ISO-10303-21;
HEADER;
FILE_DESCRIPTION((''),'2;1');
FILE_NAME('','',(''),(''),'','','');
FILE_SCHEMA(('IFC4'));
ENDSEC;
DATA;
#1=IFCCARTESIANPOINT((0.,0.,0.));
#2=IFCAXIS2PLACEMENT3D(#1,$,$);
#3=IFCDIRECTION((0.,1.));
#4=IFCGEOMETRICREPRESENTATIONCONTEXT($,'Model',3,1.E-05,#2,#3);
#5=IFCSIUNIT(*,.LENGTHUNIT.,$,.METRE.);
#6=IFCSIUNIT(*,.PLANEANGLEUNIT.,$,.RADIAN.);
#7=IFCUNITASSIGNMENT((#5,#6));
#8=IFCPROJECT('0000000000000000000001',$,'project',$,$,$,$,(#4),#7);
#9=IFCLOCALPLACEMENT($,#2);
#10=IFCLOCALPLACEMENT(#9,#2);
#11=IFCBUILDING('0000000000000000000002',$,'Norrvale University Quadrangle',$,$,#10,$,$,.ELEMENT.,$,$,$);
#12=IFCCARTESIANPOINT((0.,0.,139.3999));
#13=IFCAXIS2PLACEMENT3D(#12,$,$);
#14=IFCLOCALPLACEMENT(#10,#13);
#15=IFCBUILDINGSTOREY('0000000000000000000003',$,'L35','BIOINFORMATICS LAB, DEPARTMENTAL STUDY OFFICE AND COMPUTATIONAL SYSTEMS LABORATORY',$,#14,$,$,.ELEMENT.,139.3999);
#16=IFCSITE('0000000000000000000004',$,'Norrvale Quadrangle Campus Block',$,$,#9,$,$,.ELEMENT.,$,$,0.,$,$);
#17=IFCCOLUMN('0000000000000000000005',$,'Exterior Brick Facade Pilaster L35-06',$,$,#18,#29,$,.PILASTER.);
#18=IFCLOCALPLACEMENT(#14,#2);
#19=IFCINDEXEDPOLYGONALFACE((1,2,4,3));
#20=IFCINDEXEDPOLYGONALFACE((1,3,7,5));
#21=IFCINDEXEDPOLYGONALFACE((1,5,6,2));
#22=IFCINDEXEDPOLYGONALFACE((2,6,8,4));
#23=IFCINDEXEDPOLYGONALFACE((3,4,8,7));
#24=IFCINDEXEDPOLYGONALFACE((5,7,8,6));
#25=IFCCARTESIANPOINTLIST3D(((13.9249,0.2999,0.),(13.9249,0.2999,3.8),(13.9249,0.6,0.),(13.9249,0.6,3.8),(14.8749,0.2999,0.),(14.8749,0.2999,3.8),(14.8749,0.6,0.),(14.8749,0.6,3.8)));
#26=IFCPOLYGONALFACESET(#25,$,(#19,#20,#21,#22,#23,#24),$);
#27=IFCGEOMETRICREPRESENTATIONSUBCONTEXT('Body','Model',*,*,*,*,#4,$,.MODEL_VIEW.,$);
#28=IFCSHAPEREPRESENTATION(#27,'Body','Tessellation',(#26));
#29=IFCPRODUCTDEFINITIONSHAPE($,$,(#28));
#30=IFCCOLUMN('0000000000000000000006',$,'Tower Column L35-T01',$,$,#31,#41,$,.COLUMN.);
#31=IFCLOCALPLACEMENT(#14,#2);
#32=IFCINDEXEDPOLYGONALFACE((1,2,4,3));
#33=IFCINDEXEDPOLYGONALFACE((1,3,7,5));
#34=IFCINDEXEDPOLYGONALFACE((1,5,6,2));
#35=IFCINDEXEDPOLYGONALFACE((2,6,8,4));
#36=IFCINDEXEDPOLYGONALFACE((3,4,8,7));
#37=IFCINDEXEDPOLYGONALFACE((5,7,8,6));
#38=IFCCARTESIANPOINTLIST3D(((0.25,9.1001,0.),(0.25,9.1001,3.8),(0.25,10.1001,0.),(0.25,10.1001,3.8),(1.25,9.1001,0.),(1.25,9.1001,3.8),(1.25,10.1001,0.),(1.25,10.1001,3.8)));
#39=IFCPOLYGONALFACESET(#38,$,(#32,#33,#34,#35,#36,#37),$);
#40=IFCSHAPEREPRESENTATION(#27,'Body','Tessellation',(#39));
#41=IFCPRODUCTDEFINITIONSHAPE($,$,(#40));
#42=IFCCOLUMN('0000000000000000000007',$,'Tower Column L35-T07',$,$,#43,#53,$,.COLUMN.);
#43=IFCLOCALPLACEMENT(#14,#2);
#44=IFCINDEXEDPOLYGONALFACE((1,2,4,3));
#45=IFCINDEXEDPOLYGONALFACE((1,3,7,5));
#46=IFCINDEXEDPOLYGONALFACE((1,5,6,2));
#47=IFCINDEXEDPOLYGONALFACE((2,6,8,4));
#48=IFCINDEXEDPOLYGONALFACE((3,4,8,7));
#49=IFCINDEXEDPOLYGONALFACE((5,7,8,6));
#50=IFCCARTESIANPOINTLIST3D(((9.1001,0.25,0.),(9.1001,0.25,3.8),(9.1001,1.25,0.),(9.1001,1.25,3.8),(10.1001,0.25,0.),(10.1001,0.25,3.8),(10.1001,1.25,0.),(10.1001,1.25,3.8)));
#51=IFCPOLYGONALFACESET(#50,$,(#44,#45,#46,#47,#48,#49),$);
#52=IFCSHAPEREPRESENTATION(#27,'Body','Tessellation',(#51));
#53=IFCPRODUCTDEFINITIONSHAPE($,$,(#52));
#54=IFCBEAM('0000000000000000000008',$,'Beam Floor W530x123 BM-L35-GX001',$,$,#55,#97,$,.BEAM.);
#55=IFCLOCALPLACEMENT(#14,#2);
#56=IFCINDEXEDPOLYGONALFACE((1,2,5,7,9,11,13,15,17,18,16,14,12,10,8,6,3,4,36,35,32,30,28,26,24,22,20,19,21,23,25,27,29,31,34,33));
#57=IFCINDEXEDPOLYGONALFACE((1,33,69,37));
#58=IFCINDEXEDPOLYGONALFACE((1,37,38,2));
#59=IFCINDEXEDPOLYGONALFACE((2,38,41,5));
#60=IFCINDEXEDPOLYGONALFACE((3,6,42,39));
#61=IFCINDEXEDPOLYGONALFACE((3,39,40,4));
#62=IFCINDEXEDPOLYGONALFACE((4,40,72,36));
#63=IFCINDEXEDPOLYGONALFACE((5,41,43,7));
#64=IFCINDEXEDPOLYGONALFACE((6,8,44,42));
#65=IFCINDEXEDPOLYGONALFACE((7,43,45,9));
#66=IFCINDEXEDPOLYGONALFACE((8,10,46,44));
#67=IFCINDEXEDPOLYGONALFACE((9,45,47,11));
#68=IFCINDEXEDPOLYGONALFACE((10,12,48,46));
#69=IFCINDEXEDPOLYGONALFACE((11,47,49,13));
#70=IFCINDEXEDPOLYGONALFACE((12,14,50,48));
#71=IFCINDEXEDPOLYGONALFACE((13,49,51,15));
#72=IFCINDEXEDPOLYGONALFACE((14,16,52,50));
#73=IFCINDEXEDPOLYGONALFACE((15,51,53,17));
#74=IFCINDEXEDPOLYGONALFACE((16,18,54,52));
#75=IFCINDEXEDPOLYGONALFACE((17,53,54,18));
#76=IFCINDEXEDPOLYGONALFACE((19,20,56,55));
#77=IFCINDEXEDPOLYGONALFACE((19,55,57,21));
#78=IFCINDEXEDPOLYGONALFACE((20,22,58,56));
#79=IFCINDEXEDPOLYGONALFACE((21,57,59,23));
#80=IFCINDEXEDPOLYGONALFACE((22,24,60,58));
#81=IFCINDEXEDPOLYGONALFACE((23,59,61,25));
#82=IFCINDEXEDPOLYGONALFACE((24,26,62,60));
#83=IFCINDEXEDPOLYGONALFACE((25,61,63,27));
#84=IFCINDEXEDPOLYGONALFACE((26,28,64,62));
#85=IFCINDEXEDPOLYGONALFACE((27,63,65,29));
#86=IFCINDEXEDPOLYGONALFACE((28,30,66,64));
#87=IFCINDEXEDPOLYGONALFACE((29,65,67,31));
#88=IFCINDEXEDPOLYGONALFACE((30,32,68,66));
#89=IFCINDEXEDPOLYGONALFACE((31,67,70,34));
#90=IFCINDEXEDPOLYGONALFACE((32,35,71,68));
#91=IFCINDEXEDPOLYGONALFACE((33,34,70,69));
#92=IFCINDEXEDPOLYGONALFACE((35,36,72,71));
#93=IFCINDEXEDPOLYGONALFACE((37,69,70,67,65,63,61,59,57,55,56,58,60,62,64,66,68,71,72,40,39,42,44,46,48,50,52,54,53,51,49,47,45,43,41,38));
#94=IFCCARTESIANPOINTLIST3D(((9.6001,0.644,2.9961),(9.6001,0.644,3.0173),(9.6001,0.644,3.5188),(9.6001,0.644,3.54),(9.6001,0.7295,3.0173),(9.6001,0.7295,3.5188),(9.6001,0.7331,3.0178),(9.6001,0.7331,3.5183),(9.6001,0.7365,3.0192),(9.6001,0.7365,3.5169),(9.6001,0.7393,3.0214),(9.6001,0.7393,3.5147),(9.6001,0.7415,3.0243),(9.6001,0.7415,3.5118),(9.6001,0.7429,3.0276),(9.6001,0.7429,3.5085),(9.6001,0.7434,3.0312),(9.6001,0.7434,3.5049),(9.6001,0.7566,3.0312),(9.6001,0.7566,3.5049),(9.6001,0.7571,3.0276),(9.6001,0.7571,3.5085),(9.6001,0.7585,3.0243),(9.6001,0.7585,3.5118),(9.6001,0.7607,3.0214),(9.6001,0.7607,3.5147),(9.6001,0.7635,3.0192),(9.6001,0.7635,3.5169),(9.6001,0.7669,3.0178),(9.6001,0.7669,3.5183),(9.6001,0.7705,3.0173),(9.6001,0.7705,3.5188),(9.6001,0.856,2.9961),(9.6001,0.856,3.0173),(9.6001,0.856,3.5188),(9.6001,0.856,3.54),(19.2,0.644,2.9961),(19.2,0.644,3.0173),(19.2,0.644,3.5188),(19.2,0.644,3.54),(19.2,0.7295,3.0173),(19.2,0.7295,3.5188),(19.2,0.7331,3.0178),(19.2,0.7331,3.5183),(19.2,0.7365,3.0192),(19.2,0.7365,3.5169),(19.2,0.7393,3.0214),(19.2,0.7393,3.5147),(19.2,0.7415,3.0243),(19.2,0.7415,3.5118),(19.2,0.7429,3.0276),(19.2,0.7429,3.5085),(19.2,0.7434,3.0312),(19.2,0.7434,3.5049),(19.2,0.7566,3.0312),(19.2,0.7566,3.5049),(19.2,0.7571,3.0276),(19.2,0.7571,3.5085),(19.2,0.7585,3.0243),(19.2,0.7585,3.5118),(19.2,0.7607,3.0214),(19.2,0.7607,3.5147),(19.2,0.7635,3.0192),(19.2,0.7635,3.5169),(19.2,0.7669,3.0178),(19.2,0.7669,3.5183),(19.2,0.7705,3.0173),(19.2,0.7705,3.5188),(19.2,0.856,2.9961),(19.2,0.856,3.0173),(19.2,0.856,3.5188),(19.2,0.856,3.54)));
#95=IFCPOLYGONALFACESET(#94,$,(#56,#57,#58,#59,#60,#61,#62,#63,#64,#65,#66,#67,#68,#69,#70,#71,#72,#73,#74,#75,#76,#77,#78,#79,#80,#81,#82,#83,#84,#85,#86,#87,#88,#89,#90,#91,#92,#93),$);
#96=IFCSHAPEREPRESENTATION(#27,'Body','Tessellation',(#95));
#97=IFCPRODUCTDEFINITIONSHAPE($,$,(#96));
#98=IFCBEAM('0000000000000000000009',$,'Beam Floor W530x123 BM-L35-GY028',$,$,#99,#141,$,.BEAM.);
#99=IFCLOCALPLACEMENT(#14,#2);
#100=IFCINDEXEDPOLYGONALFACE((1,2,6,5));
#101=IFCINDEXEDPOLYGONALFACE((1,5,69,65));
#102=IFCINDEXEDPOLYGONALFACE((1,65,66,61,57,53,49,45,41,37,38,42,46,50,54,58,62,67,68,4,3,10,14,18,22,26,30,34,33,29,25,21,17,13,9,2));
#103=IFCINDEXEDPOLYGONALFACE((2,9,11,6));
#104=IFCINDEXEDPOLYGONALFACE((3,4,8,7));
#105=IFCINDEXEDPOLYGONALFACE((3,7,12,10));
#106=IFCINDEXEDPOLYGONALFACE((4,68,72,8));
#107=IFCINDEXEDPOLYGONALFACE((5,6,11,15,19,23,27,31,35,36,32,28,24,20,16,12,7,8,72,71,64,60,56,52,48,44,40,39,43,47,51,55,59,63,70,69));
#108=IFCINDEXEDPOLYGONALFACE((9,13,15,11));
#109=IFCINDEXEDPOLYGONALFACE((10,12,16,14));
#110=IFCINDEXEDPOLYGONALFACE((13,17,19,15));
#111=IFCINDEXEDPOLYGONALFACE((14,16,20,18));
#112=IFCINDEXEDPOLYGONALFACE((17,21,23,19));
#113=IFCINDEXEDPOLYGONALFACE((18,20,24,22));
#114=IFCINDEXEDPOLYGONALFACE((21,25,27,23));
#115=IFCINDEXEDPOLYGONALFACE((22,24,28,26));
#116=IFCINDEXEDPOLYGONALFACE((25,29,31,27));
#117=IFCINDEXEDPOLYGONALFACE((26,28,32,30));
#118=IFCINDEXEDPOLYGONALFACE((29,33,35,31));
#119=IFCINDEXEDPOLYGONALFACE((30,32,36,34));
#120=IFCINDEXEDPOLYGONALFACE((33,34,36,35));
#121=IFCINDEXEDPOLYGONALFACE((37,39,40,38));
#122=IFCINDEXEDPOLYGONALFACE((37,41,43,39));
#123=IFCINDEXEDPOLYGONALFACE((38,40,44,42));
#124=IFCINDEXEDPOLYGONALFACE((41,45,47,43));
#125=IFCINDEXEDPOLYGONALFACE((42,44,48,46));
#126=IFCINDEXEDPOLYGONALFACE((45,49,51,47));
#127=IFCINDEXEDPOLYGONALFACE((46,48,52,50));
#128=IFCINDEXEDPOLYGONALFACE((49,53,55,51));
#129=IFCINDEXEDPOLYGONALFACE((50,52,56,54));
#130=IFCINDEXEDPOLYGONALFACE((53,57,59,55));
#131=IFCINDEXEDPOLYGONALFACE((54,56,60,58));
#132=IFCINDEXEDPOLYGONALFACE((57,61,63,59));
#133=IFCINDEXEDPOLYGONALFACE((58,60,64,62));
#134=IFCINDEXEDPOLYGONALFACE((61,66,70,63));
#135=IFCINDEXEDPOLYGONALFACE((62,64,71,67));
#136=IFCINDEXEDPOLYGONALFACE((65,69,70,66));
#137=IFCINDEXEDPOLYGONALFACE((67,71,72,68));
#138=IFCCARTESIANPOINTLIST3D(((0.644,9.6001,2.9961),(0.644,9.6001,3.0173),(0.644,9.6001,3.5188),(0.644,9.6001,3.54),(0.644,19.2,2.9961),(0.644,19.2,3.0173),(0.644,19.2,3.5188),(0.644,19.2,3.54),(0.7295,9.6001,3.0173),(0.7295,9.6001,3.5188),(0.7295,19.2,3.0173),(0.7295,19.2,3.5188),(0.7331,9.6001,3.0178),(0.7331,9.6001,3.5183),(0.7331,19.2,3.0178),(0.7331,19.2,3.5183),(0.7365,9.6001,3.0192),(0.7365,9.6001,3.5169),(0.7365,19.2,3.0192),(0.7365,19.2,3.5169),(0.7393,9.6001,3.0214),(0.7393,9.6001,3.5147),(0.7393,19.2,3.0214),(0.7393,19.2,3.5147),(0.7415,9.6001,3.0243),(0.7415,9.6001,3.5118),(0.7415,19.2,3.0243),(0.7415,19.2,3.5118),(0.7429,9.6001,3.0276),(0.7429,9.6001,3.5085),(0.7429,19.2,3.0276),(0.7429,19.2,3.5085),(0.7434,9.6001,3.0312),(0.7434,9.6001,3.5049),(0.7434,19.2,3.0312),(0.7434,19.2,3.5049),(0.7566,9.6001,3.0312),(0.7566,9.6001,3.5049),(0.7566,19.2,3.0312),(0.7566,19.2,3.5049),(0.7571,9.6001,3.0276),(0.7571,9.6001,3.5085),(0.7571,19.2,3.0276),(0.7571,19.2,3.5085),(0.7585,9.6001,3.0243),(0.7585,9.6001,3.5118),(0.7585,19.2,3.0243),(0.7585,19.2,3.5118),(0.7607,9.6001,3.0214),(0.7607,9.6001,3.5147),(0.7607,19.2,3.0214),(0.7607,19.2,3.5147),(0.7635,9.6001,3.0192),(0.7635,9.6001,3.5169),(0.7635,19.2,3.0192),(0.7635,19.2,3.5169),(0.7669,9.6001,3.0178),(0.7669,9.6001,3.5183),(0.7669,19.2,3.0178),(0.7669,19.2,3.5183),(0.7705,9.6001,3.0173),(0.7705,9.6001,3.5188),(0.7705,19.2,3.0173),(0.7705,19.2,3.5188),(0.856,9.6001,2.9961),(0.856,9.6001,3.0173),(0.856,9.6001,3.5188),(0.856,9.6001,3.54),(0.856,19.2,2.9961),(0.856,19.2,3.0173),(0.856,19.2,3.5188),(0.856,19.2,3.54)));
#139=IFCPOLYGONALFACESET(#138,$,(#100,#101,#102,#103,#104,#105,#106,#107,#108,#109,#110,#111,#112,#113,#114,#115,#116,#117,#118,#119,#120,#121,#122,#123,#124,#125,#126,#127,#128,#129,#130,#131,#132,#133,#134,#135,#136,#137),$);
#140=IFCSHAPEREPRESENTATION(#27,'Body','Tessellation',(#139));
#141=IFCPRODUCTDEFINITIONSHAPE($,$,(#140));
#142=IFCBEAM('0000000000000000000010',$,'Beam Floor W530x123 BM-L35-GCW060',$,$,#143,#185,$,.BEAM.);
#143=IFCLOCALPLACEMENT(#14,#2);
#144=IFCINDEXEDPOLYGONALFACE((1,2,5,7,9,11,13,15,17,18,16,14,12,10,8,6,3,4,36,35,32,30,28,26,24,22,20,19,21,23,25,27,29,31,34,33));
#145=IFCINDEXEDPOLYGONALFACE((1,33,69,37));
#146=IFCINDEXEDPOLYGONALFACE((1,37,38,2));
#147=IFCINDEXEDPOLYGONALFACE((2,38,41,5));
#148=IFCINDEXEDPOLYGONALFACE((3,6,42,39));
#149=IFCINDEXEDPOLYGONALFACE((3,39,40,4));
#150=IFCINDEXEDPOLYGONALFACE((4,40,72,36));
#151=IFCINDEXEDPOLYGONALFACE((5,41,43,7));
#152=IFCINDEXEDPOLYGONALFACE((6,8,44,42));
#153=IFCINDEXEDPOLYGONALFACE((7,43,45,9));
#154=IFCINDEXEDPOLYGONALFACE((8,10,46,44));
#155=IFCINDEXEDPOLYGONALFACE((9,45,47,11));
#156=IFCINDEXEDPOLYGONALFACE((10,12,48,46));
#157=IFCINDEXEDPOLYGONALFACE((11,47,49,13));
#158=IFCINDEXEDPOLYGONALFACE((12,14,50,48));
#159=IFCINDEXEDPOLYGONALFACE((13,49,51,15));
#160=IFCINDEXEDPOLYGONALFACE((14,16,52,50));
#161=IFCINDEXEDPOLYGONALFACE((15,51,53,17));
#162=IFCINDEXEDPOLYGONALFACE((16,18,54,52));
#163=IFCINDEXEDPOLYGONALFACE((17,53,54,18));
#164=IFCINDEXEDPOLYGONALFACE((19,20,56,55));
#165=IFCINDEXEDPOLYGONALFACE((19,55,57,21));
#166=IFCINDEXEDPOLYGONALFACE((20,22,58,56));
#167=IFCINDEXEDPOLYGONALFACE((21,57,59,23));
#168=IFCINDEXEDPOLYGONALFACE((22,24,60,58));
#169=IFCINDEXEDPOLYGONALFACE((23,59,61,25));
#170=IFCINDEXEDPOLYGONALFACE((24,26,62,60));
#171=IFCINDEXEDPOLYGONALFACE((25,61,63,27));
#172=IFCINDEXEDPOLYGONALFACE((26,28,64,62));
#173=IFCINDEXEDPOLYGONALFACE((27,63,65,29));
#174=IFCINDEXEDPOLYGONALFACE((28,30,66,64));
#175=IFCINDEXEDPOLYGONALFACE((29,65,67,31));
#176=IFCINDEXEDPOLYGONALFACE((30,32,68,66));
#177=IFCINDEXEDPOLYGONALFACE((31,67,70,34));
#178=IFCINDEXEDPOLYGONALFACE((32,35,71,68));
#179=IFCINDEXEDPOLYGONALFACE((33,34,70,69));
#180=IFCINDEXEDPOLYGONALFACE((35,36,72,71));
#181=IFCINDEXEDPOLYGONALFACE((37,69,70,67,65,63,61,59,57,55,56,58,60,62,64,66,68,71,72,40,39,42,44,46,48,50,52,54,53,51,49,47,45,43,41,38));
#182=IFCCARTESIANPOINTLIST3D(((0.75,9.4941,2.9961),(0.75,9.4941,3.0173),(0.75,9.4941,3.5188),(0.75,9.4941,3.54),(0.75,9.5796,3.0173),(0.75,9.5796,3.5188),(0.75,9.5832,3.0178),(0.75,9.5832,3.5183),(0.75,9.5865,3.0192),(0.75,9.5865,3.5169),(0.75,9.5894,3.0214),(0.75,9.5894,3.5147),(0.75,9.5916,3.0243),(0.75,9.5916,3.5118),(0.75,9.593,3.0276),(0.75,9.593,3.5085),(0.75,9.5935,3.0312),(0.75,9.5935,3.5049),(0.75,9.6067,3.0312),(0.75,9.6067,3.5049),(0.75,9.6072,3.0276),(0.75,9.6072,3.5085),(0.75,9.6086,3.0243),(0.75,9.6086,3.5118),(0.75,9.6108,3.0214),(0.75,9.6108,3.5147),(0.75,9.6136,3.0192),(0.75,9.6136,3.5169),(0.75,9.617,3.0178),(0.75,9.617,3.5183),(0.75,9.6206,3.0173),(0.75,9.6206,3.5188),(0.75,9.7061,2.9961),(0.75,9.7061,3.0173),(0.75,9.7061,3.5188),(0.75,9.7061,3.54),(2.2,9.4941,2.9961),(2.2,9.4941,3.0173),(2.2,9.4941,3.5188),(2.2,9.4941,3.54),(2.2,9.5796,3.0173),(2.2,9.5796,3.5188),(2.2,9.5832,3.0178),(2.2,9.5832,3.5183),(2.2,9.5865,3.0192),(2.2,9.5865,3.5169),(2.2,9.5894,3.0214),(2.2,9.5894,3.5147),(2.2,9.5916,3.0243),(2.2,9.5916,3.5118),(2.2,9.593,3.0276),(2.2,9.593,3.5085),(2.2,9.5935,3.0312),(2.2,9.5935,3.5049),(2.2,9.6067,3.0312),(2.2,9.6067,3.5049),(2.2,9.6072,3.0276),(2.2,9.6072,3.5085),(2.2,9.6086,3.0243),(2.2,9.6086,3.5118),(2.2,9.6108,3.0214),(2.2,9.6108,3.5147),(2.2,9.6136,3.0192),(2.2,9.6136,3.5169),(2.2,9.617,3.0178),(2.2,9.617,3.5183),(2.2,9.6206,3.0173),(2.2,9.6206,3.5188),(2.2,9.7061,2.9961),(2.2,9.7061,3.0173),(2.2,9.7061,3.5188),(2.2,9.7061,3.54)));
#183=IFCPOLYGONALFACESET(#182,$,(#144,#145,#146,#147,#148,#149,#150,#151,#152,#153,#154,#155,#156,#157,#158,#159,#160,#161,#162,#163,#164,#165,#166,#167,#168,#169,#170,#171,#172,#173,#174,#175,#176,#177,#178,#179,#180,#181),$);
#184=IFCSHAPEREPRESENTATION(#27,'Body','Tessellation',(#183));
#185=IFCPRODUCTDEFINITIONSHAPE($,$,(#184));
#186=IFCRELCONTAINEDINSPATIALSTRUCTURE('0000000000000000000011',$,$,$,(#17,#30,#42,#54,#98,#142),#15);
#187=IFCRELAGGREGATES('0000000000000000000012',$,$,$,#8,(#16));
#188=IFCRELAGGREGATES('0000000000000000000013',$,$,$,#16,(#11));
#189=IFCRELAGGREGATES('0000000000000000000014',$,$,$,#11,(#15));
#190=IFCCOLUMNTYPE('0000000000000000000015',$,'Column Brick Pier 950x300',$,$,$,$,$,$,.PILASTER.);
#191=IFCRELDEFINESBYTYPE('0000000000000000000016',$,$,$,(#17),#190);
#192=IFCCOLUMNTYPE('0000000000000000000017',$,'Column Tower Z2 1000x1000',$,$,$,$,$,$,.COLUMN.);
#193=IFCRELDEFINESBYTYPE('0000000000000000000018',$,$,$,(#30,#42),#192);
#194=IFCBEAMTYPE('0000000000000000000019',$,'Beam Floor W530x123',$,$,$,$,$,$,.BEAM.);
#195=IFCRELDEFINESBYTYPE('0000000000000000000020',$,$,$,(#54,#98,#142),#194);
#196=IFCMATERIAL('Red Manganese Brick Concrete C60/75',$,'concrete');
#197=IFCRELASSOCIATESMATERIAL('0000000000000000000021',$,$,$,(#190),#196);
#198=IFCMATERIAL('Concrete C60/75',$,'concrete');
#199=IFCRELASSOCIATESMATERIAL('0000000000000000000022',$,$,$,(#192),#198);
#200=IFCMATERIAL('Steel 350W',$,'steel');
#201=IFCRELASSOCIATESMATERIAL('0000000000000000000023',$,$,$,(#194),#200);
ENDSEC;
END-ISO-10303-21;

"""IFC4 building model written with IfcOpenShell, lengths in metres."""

from ifc_helpers import new_model, si_unit, direction, frame, origin, origin_2d, place, context, subcontext, project, spatial, rectangle, i_section, extrude, material, material_profile, profile_set, type_object, element, save


model = new_model("IFC4")

# Units and contexts
model_context = context("Model", 3, precision=1e-05, world=origin(), true_north=direction((0.0, 1.0)))
body_context = subcontext(model_context, "Body", "Model", "MODEL_VIEW")
ifc_project = project(units=[si_unit("LENGTHUNIT", "METRE"), si_unit("PLANEANGLEUNIT", "RADIAN")], contexts=[model_context])

# Site, building, storey
site_placement = place(None, origin())
site = spatial("IfcSite", under=ifc_project, at=site_placement, Name="Norrvale Quadrangle Campus Block", CompositionType="ELEMENT", RefElevation=0.0)
building_placement = place(site_placement, origin())
building = spatial("IfcBuilding", under=site, at=building_placement, Name="Norrvale University Quadrangle", CompositionType="ELEMENT")
storey_placement = place(building_placement, frame((0.0, 0.0, 139.3999)))
storey = spatial("IfcBuildingStorey", under=building, at=storey_placement, Name="L35", Description="BIOINFORMATICS LAB, DEPARTMENTAL STUDY OFFICE AND COMPUTATIONAL SYSTEMS LABORATORY", CompositionType="ELEMENT", Elevation=139.3999)

# Columns
ifc_material_1 = material(Name="Red Manganese Brick Concrete C60/75", Category="concrete")
ifc_material_profile_1 = material_profile(ifc_material_1, rectangle(XDim=0.95, YDim=0.3, at=origin_2d()), Name="Red Manganese Brick Concrete C60/75")
ifc_profile_set_1 = profile_set([ifc_material_profile_1], Name="Red Manganese Brick Concrete C60/75")
column_type_1 = type_object("IfcColumnType", Name="Column Brick Pier 950x300", PredefinedType="PILASTER", material=ifc_profile_set_1)
column_placement = place(storey_placement, frame((14.3999, 0.45, 0.0), z_axis=(0.0, 0.0, 1.0), x_axis=(1.0, 0.0, 0.0)))
element("IfcColumn", 1, at=column_placement, inside=storey, type_object=column_type_1, Name="Exterior Brick Facade Pilaster L35-06", PredefinedType="PILASTER", context=body_context, shape_type="SweptSolid", body=[
    extrude(rectangle(XDim=0.95, YDim=0.3, at=origin_2d()), origin(), (0.0, 0.0, 1.0), 3.8),
])
ifc_material_2 = material(Name="Concrete C60/75", Category="concrete")
ifc_material_profile_2 = material_profile(ifc_material_2, rectangle(XDim=1.0, YDim=1.0, at=origin_2d()), Name="Concrete C60/75")
ifc_profile_set_2 = profile_set([ifc_material_profile_2], Name="Concrete C60/75")
column_type_2 = type_object("IfcColumnType", Name="Column Tower Z2 1000x1000", PredefinedType="COLUMN", material=ifc_profile_set_2)
for number, where, z_axis, x_axis, name in (
    (2, (0.75, 9.6001, 0.0), (0.0, 0.0, 1.0), (1.0, 0.0, 0.0), "Tower Column L35-T01"),
    (3, (9.6001, 0.75, 0.0), (0.0, 0.0, 1.0), (1.0, 0.0, 0.0), "Tower Column L35-T07"),
):
    element("IfcColumn", number, at=place(storey_placement, frame(where, z_axis=z_axis, x_axis=x_axis)), inside=storey, type_object=column_type_2, Name=name, PredefinedType="COLUMN", context=body_context, shape_type="SweptSolid", body=[
        extrude(rectangle(XDim=1.0, YDim=1.0, at=origin_2d()), origin(), (0.0, 0.0, 1.0), 3.8),
    ])

# Beams
ifc_material_3 = material(Name="Steel 350W", Category="steel")
ifc_material_profile_3 = material_profile(ifc_material_3, i_section(OverallWidth=0.2119, OverallDepth=0.5439, WebThickness=0.0132, FlangeThickness=0.0212, FilletRadius=0.0139, at=origin_2d()), Name="Steel 350W")
ifc_profile_set_3 = profile_set([ifc_material_profile_3], Name="Steel 350W")
beam_type_1 = type_object("IfcBeamType", Name="Beam Floor W530x123", PredefinedType="BEAM", material=ifc_profile_set_3)
for number, where, z_axis, x_axis, name in (
    (4, (9.6001, 0.75, 3.2681), (1.0, 0.0, 0.0), (0.0, 1.0, 0.0), "Beam Floor W530x123 BM-L35-GX001"),
    (5, (0.75, 9.6001, 3.2681), (0.0, 1.0, 0.0), (-1.0, 0.0, 0.0), "Beam Floor W530x123 BM-L35-GY028"),
):
    element("IfcBeam", number, at=place(storey_placement, frame(where, z_axis=z_axis, x_axis=x_axis)), inside=storey, type_object=beam_type_1, Name=name, PredefinedType="BEAM", context=body_context, shape_type="SweptSolid", body=[
        extrude(i_section(OverallWidth=0.2119, OverallDepth=0.5439, WebThickness=0.0132, FlangeThickness=0.0212, FilletRadius=0.0139, at=origin_2d()), origin(), (0.0, 0.0, 1.0), 9.5999),
    ])
beam_1_placement = place(storey_placement, frame((0.75, 9.6001, 3.2681), z_axis=(1.0, 0.0, 0.0), x_axis=(0.0, 1.0, 0.0)))
element("IfcBeam", 6, at=beam_1_placement, inside=storey, type_object=beam_type_1, Name="Beam Floor W530x123 BM-L35-GCW060", PredefinedType="BEAM", context=body_context, shape_type="SweptSolid", body=[
    extrude(i_section(OverallWidth=0.2119, OverallDepth=0.5439, WebThickness=0.0132, FlangeThickness=0.0212, FilletRadius=0.0139, at=origin_2d()), origin(), (0.0, 0.0, 1.0), 1.45),
])

save(model, "model.ifc")
